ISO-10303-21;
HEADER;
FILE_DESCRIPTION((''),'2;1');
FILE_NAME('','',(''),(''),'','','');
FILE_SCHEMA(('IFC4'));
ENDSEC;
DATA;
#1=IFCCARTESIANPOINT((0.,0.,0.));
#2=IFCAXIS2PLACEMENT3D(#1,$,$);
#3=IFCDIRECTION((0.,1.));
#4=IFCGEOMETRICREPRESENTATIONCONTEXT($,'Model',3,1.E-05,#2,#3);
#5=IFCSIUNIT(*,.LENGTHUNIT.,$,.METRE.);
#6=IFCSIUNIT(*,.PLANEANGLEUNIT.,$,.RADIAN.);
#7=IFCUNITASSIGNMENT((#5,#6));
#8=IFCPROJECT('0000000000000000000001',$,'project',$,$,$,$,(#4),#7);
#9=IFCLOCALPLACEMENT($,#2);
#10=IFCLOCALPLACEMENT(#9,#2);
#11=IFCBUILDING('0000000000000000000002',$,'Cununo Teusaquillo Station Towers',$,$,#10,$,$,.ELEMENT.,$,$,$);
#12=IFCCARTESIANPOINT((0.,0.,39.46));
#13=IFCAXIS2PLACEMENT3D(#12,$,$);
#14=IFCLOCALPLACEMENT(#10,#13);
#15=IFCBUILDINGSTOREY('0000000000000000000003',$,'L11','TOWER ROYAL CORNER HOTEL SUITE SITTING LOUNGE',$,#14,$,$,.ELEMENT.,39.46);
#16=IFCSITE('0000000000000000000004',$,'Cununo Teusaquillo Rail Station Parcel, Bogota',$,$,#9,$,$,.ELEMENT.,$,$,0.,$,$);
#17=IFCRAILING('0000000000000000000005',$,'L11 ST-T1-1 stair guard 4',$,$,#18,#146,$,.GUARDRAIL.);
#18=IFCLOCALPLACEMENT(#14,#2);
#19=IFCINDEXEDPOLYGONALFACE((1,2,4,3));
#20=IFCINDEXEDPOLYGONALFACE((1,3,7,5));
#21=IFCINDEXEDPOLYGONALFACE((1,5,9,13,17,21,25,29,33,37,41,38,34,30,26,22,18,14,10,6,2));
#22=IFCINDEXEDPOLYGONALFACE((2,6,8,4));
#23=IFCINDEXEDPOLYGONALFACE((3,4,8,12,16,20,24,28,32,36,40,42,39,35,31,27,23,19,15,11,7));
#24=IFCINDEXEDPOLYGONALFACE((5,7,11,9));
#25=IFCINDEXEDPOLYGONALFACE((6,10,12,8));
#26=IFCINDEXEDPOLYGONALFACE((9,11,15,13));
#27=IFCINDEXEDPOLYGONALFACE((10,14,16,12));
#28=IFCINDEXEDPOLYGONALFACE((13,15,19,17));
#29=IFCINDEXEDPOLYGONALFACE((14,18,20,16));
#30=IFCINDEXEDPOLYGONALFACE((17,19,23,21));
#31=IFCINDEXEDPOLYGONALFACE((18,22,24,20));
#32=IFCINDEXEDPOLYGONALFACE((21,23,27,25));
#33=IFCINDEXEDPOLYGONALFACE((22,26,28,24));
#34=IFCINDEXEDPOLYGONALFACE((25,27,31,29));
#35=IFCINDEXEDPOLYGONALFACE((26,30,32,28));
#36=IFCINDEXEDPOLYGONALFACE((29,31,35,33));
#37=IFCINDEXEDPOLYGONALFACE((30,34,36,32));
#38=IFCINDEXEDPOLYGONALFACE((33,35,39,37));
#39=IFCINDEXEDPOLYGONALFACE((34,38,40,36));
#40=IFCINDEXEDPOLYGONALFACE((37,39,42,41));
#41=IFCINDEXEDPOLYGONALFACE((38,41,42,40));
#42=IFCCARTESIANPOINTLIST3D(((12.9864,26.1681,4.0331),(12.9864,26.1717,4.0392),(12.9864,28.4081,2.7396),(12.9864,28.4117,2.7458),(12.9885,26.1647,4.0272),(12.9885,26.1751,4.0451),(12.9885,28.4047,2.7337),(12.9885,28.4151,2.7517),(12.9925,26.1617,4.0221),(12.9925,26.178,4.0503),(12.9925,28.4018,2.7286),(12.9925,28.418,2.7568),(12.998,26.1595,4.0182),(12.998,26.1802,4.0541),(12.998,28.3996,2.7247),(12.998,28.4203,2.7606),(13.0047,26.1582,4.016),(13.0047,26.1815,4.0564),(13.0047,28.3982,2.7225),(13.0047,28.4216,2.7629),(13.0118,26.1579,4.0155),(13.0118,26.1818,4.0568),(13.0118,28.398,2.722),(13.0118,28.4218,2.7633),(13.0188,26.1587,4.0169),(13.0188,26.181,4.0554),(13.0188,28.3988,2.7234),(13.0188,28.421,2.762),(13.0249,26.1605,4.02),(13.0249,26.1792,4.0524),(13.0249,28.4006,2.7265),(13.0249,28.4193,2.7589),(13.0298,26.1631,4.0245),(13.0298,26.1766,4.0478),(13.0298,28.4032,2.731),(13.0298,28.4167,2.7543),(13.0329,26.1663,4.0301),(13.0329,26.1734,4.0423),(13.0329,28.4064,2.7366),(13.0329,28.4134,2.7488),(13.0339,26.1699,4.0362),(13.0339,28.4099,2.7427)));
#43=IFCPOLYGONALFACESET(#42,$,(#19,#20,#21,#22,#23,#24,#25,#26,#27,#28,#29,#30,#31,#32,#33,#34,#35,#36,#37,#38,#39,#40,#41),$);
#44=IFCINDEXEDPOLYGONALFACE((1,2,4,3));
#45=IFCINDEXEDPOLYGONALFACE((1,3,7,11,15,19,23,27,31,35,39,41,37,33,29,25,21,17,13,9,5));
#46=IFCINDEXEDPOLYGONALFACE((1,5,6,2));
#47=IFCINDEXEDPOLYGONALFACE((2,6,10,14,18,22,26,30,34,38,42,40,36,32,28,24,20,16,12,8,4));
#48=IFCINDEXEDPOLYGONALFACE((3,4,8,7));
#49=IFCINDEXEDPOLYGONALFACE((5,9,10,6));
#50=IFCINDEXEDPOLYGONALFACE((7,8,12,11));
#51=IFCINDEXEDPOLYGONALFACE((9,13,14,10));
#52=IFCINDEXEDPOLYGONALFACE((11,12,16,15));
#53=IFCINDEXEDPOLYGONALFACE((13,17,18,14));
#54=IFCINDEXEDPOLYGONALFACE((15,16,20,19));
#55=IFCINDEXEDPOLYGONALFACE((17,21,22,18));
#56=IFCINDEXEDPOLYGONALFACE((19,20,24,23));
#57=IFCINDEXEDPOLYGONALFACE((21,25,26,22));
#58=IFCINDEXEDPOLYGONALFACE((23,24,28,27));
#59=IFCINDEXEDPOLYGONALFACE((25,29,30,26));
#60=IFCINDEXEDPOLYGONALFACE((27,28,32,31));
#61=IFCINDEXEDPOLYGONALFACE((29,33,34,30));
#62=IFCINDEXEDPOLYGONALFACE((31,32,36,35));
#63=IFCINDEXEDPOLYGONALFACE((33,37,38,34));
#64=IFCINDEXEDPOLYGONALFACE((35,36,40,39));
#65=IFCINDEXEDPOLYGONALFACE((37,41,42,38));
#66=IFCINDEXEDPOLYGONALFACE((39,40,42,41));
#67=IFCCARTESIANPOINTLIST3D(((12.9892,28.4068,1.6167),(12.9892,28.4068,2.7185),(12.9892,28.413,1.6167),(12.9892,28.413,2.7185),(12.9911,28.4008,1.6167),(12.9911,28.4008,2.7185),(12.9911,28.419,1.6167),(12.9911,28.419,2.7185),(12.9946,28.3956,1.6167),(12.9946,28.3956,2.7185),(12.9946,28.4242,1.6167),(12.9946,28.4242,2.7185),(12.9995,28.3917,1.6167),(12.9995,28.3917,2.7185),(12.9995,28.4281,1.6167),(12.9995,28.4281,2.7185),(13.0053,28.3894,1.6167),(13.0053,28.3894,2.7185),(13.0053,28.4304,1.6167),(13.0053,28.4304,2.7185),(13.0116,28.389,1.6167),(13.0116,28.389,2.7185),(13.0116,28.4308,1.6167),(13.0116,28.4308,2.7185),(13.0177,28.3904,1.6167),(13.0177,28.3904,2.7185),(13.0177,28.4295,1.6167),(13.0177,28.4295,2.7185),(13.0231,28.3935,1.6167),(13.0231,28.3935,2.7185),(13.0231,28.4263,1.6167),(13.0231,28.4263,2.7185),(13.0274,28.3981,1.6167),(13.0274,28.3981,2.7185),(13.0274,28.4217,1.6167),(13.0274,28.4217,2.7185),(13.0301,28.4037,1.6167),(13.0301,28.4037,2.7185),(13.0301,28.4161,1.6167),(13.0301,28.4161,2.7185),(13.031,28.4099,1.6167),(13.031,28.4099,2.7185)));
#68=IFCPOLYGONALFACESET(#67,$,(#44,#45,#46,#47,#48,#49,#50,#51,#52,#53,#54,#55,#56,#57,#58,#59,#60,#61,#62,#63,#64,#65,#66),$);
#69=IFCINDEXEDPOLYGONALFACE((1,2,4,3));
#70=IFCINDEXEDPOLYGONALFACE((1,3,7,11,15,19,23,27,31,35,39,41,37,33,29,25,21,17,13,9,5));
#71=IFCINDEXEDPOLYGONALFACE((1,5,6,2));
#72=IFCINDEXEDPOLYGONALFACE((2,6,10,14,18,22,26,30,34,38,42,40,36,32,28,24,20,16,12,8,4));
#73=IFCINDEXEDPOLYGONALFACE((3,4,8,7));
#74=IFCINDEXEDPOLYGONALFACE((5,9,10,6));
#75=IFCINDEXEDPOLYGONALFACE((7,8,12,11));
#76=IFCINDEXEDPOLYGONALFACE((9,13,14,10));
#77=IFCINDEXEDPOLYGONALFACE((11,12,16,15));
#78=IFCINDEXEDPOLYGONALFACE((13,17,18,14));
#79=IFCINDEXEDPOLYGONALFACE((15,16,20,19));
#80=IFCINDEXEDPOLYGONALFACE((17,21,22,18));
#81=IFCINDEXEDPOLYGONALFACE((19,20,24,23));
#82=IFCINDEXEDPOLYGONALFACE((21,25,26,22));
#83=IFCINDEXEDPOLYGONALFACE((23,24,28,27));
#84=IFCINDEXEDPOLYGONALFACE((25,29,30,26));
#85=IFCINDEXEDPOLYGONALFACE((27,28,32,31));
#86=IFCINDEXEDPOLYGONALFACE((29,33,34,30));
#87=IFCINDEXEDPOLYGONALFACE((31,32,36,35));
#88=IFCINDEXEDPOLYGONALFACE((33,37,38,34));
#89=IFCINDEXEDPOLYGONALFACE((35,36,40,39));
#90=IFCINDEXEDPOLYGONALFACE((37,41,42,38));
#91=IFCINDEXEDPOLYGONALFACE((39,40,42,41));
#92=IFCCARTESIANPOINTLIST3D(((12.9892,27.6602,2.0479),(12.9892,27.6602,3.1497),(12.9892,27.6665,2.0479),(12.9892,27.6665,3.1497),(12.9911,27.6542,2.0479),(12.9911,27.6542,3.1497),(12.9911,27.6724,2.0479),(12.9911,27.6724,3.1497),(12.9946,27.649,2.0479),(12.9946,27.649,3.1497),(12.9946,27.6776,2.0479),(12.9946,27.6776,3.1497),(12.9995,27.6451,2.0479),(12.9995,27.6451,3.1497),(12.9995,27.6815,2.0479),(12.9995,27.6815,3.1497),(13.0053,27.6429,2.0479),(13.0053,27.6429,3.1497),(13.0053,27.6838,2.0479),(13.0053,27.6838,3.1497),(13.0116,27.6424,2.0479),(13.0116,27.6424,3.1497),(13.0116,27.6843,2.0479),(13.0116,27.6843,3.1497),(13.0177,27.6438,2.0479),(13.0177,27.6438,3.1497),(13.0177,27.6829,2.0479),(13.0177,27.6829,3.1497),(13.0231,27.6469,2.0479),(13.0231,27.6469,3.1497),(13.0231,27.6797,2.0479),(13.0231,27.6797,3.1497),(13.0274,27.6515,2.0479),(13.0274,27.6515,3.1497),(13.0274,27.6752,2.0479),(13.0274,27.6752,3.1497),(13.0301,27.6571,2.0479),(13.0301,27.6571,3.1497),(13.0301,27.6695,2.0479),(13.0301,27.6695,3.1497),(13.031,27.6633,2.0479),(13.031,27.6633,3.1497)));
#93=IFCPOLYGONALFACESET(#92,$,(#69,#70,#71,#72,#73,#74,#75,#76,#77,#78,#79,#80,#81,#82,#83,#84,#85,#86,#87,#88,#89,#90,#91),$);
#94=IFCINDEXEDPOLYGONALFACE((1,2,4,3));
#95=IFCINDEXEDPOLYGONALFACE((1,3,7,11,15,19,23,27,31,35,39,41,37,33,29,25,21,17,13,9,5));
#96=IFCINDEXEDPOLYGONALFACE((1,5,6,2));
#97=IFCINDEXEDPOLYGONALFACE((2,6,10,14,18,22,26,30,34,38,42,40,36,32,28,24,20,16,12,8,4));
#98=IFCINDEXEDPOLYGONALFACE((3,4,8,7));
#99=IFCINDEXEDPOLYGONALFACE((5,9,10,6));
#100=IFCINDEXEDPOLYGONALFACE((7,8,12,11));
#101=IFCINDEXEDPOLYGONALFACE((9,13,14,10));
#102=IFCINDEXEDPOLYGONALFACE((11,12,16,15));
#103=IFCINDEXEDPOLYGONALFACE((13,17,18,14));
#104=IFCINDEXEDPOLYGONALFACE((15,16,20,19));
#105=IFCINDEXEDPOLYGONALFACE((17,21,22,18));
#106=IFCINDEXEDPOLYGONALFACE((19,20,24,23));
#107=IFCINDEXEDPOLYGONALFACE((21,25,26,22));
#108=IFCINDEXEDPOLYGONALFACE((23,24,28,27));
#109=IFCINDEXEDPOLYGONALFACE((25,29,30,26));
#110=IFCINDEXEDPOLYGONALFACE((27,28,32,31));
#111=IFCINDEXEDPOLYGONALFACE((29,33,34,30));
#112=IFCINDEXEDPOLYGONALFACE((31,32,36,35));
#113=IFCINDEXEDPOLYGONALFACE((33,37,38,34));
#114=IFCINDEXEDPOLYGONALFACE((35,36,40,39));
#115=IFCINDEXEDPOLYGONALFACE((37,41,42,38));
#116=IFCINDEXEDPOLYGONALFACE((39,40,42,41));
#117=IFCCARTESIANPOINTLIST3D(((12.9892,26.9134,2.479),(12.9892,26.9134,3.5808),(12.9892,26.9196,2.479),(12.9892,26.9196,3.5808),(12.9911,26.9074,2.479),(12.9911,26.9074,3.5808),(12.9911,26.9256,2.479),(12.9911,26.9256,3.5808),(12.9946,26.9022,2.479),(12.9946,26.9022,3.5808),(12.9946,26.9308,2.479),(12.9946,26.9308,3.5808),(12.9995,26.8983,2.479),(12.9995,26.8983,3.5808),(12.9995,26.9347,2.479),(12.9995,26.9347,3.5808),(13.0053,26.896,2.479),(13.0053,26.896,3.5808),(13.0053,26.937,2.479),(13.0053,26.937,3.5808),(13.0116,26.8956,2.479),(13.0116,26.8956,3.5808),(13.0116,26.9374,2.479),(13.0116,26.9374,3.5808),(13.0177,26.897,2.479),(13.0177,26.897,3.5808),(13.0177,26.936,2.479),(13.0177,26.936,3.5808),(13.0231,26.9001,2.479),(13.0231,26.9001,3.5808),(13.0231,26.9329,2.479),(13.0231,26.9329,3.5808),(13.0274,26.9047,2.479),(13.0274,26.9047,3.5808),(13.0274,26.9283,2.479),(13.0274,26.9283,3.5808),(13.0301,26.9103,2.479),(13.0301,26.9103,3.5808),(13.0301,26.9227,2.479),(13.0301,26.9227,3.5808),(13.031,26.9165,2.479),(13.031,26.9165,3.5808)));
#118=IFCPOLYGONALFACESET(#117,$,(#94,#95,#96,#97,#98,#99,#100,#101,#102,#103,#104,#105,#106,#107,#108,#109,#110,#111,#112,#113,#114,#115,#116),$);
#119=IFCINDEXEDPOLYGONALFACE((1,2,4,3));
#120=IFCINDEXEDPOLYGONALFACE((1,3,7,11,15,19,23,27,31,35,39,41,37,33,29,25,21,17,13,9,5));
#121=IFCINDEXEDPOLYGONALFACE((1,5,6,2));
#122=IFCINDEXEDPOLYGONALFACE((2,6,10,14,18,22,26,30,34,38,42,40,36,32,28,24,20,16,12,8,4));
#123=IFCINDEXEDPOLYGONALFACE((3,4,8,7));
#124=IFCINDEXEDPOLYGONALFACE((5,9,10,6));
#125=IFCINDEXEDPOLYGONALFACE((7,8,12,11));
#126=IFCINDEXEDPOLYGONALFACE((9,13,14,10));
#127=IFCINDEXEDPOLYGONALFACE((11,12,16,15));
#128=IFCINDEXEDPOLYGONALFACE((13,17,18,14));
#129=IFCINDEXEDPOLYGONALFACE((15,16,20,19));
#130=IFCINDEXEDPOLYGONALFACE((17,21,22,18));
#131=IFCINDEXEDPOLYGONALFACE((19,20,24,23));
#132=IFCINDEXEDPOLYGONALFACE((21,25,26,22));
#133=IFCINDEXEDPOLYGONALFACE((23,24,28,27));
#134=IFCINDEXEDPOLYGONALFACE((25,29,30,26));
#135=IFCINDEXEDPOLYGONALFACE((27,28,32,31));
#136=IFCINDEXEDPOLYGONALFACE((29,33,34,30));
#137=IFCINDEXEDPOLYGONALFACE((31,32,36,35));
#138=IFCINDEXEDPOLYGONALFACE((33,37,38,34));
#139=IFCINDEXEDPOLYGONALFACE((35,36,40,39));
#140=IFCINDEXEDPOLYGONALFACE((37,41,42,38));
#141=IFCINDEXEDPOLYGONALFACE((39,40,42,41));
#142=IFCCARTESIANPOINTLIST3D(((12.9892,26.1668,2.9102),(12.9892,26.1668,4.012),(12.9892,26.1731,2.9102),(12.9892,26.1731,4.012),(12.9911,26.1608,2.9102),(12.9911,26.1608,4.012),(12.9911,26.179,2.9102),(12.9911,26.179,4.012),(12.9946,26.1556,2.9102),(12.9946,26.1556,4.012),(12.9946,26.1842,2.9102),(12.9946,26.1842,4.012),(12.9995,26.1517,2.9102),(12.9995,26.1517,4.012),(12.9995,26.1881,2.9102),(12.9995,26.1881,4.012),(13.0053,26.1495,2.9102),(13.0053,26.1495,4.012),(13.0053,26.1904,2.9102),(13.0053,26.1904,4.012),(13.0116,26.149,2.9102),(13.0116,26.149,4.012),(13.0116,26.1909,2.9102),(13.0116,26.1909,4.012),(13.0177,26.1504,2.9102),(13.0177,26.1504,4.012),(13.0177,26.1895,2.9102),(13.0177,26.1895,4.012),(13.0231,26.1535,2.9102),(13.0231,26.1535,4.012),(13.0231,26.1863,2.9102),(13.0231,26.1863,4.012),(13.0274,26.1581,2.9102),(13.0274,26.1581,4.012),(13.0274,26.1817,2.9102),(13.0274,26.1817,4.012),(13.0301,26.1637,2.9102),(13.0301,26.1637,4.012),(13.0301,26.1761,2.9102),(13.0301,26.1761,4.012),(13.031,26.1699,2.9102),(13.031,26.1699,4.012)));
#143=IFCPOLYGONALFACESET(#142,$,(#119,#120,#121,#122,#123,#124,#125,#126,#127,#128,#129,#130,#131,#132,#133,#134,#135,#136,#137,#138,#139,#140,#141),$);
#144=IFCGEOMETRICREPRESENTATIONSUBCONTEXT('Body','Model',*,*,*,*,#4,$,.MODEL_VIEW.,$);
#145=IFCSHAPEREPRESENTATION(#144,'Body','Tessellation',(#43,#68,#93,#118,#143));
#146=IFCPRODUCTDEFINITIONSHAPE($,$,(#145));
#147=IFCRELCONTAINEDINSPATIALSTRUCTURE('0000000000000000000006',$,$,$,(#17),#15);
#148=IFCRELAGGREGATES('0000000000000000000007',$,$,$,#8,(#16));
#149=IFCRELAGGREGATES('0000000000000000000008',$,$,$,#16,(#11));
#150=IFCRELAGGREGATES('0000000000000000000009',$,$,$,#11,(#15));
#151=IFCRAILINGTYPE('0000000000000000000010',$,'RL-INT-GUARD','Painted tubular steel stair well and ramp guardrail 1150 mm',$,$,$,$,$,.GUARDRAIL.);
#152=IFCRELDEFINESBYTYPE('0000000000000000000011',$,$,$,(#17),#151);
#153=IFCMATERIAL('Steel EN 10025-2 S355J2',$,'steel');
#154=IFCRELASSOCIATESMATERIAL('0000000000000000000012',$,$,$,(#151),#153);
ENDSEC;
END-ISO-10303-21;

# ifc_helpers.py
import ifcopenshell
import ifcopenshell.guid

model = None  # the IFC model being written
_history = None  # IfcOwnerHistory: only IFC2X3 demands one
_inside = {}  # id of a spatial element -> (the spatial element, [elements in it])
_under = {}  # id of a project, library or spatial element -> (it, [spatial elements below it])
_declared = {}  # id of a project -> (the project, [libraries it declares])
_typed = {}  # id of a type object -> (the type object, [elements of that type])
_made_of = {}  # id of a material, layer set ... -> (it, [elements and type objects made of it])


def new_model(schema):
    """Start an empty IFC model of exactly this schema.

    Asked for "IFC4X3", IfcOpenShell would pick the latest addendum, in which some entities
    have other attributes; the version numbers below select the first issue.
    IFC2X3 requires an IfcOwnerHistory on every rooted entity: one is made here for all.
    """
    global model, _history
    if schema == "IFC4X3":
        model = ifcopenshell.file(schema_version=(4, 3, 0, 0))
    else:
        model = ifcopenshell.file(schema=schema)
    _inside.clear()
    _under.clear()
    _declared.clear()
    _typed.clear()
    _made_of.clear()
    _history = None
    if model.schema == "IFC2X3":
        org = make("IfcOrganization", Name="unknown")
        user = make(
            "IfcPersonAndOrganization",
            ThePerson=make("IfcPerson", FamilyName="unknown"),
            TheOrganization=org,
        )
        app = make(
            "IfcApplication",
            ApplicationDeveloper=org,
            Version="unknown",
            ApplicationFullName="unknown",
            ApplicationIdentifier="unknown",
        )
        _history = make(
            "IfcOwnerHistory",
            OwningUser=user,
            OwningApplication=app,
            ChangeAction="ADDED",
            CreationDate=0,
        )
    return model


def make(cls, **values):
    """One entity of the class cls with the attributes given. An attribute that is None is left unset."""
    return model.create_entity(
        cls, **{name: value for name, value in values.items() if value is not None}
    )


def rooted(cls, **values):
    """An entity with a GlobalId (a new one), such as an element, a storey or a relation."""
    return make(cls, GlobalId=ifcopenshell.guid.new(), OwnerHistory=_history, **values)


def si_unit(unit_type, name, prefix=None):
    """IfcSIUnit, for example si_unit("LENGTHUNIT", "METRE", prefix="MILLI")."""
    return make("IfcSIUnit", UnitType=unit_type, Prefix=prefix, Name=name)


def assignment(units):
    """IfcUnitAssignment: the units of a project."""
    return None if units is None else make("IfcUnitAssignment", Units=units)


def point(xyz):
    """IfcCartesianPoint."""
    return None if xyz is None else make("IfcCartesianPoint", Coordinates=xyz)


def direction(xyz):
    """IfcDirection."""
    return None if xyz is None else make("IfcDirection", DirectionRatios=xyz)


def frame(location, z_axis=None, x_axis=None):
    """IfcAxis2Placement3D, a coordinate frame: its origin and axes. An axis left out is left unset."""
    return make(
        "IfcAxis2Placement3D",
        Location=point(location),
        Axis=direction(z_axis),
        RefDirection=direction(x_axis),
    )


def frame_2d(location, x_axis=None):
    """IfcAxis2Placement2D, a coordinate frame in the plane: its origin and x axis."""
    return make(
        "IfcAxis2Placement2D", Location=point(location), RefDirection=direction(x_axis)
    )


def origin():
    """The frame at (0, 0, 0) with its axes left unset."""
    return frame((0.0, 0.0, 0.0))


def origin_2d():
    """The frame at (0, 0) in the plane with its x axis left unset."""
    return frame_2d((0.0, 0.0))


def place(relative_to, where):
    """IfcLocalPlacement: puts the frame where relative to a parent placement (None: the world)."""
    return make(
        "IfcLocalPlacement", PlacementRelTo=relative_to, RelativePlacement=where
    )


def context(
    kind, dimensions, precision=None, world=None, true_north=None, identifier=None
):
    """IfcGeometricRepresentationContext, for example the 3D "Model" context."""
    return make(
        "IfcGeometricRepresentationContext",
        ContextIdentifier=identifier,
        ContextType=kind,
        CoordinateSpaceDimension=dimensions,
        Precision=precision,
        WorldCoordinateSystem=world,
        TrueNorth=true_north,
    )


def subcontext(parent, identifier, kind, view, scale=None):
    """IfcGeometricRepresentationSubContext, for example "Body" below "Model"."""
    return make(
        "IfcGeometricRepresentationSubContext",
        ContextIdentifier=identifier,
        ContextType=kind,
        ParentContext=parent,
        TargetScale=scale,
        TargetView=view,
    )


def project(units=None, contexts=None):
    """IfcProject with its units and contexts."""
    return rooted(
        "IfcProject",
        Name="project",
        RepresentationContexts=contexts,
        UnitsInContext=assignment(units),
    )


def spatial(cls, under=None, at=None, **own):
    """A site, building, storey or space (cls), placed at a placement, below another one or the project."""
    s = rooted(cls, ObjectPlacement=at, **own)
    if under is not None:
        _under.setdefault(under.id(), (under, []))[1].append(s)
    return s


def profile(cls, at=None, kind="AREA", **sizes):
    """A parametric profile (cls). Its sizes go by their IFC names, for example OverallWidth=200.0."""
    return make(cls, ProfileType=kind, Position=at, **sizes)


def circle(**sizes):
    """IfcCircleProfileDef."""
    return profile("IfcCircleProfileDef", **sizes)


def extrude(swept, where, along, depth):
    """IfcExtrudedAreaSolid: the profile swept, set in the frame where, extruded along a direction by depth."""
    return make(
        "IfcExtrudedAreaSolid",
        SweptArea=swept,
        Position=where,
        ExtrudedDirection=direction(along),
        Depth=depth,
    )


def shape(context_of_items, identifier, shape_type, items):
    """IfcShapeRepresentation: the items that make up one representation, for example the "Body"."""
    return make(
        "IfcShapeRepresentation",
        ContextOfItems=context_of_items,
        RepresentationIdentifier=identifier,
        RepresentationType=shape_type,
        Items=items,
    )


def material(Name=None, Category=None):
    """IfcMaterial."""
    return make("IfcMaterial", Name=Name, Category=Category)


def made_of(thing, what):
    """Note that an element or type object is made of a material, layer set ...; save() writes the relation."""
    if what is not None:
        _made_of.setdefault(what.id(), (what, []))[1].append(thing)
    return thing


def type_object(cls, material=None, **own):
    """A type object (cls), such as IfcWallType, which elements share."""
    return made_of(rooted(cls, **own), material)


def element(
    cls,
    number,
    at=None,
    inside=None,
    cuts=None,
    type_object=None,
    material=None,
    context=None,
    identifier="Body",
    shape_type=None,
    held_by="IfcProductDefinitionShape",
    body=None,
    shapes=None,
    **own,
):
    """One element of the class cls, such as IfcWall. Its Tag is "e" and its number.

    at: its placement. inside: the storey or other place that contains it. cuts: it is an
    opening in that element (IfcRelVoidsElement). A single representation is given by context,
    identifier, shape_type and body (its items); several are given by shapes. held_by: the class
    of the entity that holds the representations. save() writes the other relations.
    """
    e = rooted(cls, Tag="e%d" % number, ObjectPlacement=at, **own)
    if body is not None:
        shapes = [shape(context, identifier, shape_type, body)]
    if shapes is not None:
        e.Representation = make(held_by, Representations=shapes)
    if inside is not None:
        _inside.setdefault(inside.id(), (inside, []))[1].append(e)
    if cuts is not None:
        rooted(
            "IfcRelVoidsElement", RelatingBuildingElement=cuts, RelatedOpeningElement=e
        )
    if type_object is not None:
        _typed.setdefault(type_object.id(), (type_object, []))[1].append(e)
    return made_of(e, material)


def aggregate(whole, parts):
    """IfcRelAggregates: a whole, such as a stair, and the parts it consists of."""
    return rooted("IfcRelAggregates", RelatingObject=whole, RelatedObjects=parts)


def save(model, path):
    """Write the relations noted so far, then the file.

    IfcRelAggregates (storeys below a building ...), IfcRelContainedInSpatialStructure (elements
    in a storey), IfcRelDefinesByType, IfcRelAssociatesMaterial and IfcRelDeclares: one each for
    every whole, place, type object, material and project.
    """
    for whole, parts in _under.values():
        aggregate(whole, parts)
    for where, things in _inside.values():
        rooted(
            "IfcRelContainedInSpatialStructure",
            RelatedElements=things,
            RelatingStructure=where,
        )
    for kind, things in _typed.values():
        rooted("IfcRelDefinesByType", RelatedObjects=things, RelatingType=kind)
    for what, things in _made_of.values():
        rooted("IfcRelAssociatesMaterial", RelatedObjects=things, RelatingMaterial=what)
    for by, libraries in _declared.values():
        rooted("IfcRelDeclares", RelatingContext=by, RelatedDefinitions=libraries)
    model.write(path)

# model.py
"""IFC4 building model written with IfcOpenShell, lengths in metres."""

from ifc_helpers import new_model, si_unit, direction, frame, origin, origin_2d, place, context, subcontext, project, spatial, circle, extrude, material, type_object, element, save


model = new_model("IFC4")

# Units and contexts
model_context = context("Model", 3, precision=1e-05, world=origin(), true_north=direction((0.0, 1.0)))
body_context = subcontext(model_context, "Body", "Model", "MODEL_VIEW")
ifc_project = project(units=[si_unit("LENGTHUNIT", "METRE"), si_unit("PLANEANGLEUNIT", "RADIAN")], contexts=[model_context])

# Site, building, storey
site_placement = place(None, origin())
site = spatial("IfcSite", under=ifc_project, at=site_placement, Name="Cununo Teusaquillo Rail Station Parcel, Bogota", CompositionType="ELEMENT", RefElevation=0.0)
building_placement = place(site_placement, origin())
building = spatial("IfcBuilding", under=site, at=building_placement, Name="Cununo Teusaquillo Station Towers", CompositionType="ELEMENT")
storey_placement = place(building_placement, frame((0.0, 0.0, 39.46)))
storey = spatial("IfcBuildingStorey", under=building, at=storey_placement, Name="L11", Description="TOWER ROYAL CORNER HOTEL SUITE SITTING LOUNGE", CompositionType="ELEMENT", Elevation=39.46)

# Railing
ifc_material_1 = material(Name="Steel EN 10025-2 S355J2", Category="steel")
railing_type_1 = type_object("IfcRailingType", Name="RL-INT-GUARD", Description="Painted tubular steel stair well and ramp guardrail 1150 mm", PredefinedType="GUARDRAIL", material=ifc_material_1)
railing_1_placement = place(storey_placement, frame((13.01, 28.4099, 1.6167)))
element("IfcRailing", 1, at=railing_1_placement, inside=storey, type_object=railing_type_1, Name="L11 ST-T1-1 stair guard 4", PredefinedType="GUARDRAIL", context=body_context, shape_type="SweptSolid", body=[
    extrude(circle(Radius=0.0239, at=origin_2d()), frame((0.0, 0.0, 1.126), z_axis=(0.0, -0.865992, 0.500057), x_axis=(1.0, 0.0, 0.0)), (0.0, 0.0, 1.0), 2.5867),
    extrude(circle(Radius=0.021, at=origin_2d()), origin(), (0.0, 0.0, 1.0), 1.1018),
    extrude(circle(Radius=0.021, at=origin_2d()), frame((0.0, -0.7466, 0.4312)), (0.0, 0.0, 1.0), 1.1018),
    extrude(circle(Radius=0.021, at=origin_2d()), frame((0.0, -1.4934, 0.8623)), (0.0, 0.0, 1.0), 1.1018),
    extrude(circle(Radius=0.021, at=origin_2d()), frame((0.0, -2.24, 1.2935)), (0.0, 0.0, 1.0), 1.1018),
])

save(model, "model.ifc")
